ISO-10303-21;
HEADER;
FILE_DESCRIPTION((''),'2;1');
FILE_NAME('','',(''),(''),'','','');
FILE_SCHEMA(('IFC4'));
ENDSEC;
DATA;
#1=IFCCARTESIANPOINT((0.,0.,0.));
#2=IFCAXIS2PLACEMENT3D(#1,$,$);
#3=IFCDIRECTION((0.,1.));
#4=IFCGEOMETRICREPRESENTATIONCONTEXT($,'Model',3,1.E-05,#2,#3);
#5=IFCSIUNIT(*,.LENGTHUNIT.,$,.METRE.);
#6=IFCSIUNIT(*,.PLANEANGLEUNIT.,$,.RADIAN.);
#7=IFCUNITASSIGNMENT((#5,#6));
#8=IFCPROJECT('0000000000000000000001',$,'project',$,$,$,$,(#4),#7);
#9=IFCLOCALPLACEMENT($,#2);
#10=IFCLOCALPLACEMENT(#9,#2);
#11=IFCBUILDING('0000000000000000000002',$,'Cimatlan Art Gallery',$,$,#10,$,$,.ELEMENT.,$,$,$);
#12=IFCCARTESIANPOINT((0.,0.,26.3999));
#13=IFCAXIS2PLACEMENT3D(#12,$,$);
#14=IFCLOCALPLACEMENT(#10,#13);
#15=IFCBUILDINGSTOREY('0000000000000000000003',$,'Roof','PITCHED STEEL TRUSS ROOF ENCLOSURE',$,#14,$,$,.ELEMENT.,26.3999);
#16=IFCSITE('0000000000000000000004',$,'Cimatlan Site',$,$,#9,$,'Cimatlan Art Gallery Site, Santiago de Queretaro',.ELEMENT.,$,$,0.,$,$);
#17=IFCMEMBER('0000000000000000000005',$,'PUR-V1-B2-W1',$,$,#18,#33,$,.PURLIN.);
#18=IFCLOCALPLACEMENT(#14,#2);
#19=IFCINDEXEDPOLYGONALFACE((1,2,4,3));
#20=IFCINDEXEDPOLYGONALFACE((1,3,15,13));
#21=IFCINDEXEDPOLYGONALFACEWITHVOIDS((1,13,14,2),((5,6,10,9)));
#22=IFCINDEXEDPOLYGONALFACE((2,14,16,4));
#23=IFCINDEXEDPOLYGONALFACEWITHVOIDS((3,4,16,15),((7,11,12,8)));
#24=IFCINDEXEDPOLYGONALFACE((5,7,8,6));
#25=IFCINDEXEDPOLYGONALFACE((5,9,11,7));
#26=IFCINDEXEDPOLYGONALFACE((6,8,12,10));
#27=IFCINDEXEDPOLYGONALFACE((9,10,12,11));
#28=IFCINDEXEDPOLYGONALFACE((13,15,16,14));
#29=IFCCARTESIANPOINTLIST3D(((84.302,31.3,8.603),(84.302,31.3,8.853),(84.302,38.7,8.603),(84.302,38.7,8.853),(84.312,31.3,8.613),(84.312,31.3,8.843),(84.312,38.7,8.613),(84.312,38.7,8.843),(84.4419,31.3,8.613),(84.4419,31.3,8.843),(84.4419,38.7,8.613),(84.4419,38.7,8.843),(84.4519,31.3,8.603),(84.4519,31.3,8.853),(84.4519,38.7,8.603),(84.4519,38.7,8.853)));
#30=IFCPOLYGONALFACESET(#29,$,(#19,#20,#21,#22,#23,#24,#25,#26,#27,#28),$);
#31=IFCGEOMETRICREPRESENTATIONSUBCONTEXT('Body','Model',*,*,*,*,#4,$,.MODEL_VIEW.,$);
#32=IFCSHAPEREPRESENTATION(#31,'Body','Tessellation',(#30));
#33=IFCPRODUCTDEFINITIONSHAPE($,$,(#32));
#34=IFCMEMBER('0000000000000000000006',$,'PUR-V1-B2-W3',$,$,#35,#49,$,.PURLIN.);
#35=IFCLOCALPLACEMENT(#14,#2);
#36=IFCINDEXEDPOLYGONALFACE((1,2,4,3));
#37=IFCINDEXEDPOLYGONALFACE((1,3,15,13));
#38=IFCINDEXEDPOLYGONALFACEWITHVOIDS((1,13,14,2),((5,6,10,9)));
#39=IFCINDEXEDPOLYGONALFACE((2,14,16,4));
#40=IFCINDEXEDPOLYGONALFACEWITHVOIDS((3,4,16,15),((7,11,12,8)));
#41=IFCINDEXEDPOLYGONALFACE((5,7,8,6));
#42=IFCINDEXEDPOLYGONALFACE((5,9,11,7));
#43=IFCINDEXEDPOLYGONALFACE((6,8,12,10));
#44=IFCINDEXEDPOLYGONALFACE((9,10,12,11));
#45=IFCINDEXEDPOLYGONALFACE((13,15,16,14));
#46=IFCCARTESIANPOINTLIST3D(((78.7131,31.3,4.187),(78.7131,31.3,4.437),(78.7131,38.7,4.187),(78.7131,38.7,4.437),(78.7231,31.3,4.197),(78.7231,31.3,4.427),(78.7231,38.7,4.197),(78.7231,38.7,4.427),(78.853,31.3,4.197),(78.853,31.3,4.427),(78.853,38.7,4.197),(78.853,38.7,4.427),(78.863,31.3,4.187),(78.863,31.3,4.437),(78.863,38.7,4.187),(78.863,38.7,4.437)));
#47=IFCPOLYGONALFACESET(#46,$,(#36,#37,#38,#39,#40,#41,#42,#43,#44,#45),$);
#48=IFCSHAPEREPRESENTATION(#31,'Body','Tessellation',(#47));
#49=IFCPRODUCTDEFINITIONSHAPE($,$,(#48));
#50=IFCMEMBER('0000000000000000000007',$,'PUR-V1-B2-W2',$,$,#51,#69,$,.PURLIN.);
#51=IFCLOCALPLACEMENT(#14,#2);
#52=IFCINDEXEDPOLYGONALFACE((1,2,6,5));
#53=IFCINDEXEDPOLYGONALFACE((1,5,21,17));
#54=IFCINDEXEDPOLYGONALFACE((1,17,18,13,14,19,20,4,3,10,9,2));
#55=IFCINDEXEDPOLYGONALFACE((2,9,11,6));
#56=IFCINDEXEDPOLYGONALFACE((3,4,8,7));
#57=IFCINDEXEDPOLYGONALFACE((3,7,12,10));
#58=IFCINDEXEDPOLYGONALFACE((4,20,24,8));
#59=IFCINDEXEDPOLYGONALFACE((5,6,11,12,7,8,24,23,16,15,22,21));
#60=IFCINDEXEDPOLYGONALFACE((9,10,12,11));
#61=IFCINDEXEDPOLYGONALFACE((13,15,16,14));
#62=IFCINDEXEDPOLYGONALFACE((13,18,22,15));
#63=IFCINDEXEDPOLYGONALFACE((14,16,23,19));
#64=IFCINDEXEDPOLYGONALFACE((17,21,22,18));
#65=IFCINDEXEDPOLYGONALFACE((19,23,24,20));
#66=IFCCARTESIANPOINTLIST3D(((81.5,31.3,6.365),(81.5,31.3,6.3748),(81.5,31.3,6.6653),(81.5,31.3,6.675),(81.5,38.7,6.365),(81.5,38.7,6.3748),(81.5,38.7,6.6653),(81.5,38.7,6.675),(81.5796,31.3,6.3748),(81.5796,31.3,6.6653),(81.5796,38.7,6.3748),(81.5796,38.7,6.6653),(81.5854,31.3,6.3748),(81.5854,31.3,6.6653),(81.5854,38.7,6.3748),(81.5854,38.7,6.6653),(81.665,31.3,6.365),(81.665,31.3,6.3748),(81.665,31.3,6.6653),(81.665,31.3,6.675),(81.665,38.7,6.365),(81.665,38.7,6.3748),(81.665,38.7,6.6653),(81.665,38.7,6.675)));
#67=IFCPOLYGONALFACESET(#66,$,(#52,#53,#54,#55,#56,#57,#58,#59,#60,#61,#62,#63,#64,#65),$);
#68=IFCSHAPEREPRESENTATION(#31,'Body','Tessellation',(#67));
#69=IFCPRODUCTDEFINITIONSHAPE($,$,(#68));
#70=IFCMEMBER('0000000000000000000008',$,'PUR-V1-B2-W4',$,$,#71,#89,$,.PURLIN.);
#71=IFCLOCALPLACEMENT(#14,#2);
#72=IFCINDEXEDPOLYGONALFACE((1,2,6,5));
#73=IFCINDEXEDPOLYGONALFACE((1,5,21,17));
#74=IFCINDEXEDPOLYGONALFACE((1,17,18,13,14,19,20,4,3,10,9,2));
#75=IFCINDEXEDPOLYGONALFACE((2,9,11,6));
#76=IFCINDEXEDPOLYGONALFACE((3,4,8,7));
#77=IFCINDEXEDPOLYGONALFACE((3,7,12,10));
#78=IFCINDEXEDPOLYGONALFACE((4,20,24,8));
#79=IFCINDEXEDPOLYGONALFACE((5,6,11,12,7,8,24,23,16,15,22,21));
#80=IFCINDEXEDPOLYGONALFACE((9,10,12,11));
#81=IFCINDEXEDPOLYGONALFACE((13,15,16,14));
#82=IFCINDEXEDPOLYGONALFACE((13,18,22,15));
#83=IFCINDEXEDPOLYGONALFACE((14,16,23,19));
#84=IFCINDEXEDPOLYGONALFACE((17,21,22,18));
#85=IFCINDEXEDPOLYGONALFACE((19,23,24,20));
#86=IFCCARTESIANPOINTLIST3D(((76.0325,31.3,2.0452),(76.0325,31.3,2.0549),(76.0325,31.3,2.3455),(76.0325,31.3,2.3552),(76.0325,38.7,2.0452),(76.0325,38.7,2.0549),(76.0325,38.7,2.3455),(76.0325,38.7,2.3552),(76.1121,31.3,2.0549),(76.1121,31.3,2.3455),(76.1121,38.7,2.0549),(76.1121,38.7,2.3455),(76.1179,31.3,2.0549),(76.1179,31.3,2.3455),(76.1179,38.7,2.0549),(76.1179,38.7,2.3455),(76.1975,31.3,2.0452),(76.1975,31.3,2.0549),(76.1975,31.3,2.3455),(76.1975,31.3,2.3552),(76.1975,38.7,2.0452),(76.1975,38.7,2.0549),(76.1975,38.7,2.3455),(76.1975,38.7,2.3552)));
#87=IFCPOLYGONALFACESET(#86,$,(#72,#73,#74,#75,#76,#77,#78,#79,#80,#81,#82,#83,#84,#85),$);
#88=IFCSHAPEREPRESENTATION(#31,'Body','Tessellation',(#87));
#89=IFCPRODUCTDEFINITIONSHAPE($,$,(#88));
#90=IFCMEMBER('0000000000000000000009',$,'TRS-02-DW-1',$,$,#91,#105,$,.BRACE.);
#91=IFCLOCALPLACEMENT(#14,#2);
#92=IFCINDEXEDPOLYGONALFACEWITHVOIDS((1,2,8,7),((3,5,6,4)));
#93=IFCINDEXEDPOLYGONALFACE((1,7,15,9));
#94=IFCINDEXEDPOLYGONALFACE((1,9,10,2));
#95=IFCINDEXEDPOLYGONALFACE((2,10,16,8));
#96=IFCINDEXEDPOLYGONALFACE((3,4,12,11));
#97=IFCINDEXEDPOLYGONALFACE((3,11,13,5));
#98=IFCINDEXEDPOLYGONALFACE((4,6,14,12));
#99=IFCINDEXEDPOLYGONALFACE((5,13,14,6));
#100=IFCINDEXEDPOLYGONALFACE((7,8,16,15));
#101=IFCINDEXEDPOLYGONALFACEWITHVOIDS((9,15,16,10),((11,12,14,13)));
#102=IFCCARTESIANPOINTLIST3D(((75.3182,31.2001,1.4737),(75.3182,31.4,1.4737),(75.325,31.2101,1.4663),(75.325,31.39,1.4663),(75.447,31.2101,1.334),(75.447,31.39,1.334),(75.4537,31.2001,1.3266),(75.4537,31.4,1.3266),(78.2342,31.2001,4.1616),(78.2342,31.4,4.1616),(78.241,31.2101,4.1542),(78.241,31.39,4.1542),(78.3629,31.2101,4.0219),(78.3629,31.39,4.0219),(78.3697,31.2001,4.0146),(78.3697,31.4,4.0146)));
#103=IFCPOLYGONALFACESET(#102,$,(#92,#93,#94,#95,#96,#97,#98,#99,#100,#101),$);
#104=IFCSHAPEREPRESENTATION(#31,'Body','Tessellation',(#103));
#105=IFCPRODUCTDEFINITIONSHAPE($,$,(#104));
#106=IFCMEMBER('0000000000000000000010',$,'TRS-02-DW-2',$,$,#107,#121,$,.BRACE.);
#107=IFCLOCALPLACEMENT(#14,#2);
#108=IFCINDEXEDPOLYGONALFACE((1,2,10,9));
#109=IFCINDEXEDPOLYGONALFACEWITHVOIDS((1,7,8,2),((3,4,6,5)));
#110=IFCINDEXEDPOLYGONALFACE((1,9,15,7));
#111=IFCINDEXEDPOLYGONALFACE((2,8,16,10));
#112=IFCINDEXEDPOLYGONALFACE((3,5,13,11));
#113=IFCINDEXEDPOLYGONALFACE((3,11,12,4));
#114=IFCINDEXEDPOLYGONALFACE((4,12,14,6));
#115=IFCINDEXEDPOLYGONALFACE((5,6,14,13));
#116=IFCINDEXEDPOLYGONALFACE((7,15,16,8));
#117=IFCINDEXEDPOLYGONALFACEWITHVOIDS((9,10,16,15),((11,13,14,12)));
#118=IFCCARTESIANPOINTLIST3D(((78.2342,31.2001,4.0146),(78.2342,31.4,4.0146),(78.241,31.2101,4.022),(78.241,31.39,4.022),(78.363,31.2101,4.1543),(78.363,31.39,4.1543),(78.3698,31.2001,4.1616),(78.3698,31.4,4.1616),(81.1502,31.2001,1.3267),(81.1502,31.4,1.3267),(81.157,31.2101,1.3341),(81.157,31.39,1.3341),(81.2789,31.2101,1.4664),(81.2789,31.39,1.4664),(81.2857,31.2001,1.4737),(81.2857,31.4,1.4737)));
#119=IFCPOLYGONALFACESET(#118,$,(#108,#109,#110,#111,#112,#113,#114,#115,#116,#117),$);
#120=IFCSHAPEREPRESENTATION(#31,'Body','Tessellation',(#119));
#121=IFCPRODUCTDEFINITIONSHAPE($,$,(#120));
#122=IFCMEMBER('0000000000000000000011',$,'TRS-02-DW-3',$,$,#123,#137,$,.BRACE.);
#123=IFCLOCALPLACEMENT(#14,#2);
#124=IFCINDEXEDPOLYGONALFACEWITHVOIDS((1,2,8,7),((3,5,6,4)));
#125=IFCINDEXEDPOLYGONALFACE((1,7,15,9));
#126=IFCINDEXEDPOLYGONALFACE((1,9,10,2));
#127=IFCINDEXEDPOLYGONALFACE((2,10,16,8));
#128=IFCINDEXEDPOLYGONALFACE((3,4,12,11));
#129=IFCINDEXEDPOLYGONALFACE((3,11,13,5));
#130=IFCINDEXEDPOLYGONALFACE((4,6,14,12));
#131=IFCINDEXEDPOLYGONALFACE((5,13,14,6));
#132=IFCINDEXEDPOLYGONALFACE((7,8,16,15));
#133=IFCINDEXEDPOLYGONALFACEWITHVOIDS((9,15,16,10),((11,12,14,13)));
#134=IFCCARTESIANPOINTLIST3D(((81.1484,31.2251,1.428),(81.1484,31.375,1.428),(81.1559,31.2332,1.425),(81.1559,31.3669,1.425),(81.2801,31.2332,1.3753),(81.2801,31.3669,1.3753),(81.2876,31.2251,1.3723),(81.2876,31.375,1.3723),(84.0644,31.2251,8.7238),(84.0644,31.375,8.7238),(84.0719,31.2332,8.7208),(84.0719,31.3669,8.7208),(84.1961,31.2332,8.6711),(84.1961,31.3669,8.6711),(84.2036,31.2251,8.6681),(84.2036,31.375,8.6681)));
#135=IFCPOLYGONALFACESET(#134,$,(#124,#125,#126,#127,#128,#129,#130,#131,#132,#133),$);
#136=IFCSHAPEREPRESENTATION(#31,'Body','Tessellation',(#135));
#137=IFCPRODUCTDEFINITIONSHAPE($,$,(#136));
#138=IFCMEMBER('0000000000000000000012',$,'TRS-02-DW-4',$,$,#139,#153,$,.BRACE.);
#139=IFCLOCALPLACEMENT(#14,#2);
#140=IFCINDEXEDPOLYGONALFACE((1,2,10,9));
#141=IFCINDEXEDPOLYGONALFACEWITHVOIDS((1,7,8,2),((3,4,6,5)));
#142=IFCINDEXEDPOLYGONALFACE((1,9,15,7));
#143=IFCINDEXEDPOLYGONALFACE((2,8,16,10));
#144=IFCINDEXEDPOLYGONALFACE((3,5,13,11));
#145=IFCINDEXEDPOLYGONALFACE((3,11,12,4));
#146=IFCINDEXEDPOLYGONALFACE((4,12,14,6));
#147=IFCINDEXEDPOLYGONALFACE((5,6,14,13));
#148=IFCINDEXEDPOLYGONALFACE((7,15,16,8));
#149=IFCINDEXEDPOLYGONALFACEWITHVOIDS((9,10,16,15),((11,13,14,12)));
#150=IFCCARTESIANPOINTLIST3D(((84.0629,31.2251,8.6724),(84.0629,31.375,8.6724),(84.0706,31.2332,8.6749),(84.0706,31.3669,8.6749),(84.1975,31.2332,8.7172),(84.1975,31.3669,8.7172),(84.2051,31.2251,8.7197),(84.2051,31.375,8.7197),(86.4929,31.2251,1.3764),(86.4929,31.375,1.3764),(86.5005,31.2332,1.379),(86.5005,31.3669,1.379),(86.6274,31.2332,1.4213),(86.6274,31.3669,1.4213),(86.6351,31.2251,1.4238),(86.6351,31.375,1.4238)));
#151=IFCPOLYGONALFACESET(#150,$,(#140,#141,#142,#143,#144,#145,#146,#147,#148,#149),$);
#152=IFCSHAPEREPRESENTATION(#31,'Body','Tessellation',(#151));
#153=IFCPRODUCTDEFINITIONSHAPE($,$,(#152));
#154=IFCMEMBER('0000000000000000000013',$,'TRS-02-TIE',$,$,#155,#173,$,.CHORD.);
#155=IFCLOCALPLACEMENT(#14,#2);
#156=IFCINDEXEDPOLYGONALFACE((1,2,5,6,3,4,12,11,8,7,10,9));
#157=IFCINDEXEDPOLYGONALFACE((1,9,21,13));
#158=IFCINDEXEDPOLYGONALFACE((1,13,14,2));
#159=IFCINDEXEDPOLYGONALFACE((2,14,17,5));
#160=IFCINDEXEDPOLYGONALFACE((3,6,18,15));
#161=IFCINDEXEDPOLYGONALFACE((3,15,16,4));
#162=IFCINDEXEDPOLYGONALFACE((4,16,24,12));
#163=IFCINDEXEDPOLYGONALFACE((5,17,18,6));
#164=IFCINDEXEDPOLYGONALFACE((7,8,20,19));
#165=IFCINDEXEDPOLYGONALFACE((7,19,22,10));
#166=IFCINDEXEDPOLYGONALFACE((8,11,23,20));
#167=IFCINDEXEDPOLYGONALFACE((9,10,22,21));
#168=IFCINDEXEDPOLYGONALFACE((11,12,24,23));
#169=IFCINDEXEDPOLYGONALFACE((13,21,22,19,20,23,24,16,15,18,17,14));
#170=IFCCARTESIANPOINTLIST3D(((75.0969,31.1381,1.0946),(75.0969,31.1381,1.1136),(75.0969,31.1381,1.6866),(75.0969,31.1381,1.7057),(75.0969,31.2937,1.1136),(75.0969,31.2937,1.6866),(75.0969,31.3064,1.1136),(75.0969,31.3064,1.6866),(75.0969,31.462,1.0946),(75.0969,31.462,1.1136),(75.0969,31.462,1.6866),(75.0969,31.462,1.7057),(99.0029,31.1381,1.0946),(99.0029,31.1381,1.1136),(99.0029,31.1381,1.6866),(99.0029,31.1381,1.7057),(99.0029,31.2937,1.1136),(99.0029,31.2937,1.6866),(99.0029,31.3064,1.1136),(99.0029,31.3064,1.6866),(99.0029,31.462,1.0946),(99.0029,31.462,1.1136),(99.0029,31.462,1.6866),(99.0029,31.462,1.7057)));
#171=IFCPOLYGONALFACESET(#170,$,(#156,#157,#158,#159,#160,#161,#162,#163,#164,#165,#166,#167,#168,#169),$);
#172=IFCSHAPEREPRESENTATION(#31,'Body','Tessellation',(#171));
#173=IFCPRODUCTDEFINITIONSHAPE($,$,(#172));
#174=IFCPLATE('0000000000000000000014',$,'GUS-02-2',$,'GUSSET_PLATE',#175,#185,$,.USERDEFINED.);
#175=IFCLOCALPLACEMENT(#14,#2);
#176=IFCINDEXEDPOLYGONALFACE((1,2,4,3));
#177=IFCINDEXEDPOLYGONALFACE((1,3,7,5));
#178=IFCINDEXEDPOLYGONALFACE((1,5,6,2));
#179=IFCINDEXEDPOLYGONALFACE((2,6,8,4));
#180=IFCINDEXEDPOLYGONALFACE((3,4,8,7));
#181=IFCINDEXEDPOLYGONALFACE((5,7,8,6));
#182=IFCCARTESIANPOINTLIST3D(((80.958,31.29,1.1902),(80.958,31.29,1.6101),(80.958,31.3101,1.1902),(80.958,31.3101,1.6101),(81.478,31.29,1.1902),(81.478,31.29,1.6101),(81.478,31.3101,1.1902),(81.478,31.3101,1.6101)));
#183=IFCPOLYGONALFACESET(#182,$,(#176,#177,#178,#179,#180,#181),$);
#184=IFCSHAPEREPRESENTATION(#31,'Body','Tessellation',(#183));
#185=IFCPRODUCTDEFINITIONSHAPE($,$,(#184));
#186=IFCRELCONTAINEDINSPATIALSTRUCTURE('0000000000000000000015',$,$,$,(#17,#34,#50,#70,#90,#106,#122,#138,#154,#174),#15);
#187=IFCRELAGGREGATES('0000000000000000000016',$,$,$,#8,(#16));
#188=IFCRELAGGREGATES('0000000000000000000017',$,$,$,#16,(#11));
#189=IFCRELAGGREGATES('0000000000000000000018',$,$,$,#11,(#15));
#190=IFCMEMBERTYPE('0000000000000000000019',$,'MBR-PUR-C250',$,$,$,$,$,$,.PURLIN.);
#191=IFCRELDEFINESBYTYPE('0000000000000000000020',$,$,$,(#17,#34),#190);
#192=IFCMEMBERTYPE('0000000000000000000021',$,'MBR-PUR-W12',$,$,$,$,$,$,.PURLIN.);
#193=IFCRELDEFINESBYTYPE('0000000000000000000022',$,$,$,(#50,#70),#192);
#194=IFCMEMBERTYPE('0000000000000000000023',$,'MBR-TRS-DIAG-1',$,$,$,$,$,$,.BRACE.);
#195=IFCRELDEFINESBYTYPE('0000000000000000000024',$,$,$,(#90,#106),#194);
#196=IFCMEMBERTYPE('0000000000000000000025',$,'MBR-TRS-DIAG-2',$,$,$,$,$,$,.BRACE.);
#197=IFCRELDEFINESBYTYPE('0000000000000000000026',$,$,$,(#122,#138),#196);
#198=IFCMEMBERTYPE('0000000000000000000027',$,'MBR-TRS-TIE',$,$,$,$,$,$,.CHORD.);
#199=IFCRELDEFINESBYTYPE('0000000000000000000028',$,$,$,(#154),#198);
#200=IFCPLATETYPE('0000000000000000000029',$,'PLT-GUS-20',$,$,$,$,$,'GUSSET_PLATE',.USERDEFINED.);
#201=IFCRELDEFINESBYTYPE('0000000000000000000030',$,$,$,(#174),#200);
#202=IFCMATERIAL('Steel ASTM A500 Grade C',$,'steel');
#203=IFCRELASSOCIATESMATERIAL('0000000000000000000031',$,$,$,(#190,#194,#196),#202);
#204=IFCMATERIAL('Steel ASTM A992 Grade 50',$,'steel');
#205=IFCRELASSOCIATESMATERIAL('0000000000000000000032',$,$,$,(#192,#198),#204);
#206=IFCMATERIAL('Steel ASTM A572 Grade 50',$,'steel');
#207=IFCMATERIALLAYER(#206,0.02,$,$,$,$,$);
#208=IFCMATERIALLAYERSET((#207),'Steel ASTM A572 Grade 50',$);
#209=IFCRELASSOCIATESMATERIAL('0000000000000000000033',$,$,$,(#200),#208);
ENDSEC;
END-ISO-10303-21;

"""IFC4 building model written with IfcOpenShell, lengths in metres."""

from ifc_helpers import new_model, si_unit, direction, frame, origin, origin_2d, place, context, subcontext, project, spatial, rectangle, hollow_rectangle, i_section, extrude, material, layer, layer_set, material_profile, profile_set, type_object, element, save


model = new_model("IFC4")

# Units and contexts
model_context = context("Model", 3, precision=1e-05, world=origin(), true_north=direction((0.0, 1.0)))
body_context = subcontext(model_context, "Body", "Model", "MODEL_VIEW")
ifc_project = project(units=[si_unit("LENGTHUNIT", "METRE"), si_unit("PLANEANGLEUNIT", "RADIAN")], contexts=[model_context])

# Site, building, storey
site_placement = place(None, origin())
site = spatial("IfcSite", under=ifc_project, at=site_placement, Name="Cimatlan Site", LongName="Cimatlan Art Gallery Site, Santiago de Queretaro", CompositionType="ELEMENT", RefElevation=0.0)
building_placement = place(site_placement, origin())
building = spatial("IfcBuilding", under=site, at=building_placement, Name="Cimatlan Art Gallery", CompositionType="ELEMENT")
storey_placement = place(building_placement, frame((0.0, 0.0, 26.3999)))
storey = spatial("IfcBuildingStorey", under=building, at=storey_placement, Name="Roof", Description="PITCHED STEEL TRUSS ROOF ENCLOSURE", CompositionType="ELEMENT", Elevation=26.3999)

# Shared definitions
ifc_material_1 = material(Name="Steel ASTM A992 Grade 50", Category="steel")

# Members
ifc_material_2 = material(Name="Steel ASTM A500 Grade C", Category="steel")
ifc_material_profile_1 = material_profile(ifc_material_2, hollow_rectangle(XDim=0.1499, YDim=0.25, WallThickness=0.01, at=origin_2d()), Name="HSS250X150X10")
ifc_profile_set_1 = profile_set([ifc_material_profile_1], Name="Steel ASTM A500 Grade C")
member_type_1 = type_object("IfcMemberType", Name="MBR-PUR-C250", PredefinedType="PURLIN", material=ifc_profile_set_1)
for number, where, z_axis, x_axis, name in (
    (1, (84.377, 31.3, 8.728), (0.0, 1.0, 0.0), (-1.0, 0.0, 0.0), "PUR-V1-B2-W1"),
    (2, (78.7881, 31.3, 4.312), (0.0, 1.0, 0.0), (-1.0, 0.0, 0.0), "PUR-V1-B2-W3"),
):
    element("IfcMember", number, at=place(storey_placement, frame(where, z_axis=z_axis, x_axis=x_axis)), inside=storey, type_object=member_type_1, Name=name, PredefinedType="PURLIN", context=body_context, shape_type="SweptSolid", body=[
        extrude(hollow_rectangle(XDim=0.1499, YDim=0.25, WallThickness=0.01, at=origin_2d()), origin(), (0.0, 0.0, 1.0), 7.3999),
    ])
ifc_material_profile_2 = material_profile(ifc_material_1, i_section(OverallWidth=0.165, OverallDepth=0.3101, WebThickness=0.0059, FlangeThickness=0.0098, at=origin_2d()), Name="W12X26")
ifc_profile_set_2 = profile_set([ifc_material_profile_2], Name="Steel ASTM A992 Grade 50")
member_type_2 = type_object("IfcMemberType", Name="MBR-PUR-W12", PredefinedType="PURLIN", material=ifc_profile_set_2)
for number, where, z_axis, x_axis, name in (
    (3, (81.5825, 31.3, 6.52), (0.0, 1.0, 0.0), (-1.0, 0.0, 0.0), "PUR-V1-B2-W2"),
    (4, (76.115, 31.3, 2.2002), (0.0, 1.0, 0.0), (-1.0, 0.0, 0.0), "PUR-V1-B2-W4"),
):
    element("IfcMember", number, at=place(storey_placement, frame(where, z_axis=z_axis, x_axis=x_axis)), inside=storey, type_object=member_type_2, Name=name, PredefinedType="PURLIN", context=body_context, shape_type="SweptSolid", body=[
        extrude(i_section(OverallWidth=0.165, OverallDepth=0.3101, WebThickness=0.0059, FlangeThickness=0.0098, at=origin_2d()), origin(), (0.0, 0.0, 1.0), 7.3999),
    ])
ifc_material_profile_3 = material_profile(ifc_material_2, hollow_rectangle(XDim=0.2, YDim=0.2, WallThickness=0.01, at=origin_2d()), Name="HSS200X200X10")
ifc_profile_set_3 = profile_set([ifc_material_profile_3], Name="Steel ASTM A500 Grade C")
member_type_3 = type_object("IfcMemberType", Name="MBR-TRS-DIAG-1", PredefinedType="BRACE", material=ifc_profile_set_3)
for number, where, z_axis, x_axis, name in (
    (5, (75.386, 31.3, 1.4001), (0.735271, 0.0, 0.677774), (0.0, 1.0, 0.0), "TRS-02-DW-1"),
    (6, (78.302, 31.3, 4.0881), (0.735271, 0.0, -0.677774), (0.0, 1.0, 0.0), "TRS-02-DW-2"),
):
    element("IfcMember", number, at=place(storey_placement, frame(where, z_axis=z_axis, x_axis=x_axis)), inside=storey, type_object=member_type_3, Name=name, PredefinedType="BRACE", context=body_context, shape_type="SweptSolid", body=[
        extrude(hollow_rectangle(XDim=0.2, YDim=0.2, WallThickness=0.01, at=origin_2d()), origin(), (0.0, 0.0, 1.0), 3.9658),
    ])
ifc_material_profile_4 = material_profile(ifc_material_2, hollow_rectangle(XDim=0.1499, YDim=0.1499, WallThickness=0.0081, at=origin_2d()), Name="HSS150X150X8")
ifc_profile_set_4 = profile_set([ifc_material_profile_4], Name="Steel ASTM A500 Grade C")
member_type_4 = type_object("IfcMemberType", Name="MBR-TRS-DIAG-2", PredefinedType="BRACE", material=ifc_profile_set_4)
member_1_placement = place(storey_placement, frame((81.218, 31.3, 1.4001), z_axis=(0.371134, 0.0, 0.92858), x_axis=(0.0, 1.0, 0.0)))
element("IfcMember", 7, at=member_1_placement, inside=storey, type_object=member_type_4, Name="TRS-02-DW-3", PredefinedType="BRACE", context=body_context, shape_type="SweptSolid", body=[
    extrude(hollow_rectangle(XDim=0.1499, YDim=0.1499, WallThickness=0.0081, at=origin_2d()), origin(), (0.0, 0.0, 1.0), 7.8569),
])
member_2_placement = place(storey_placement, frame((84.134, 31.3, 8.696), z_axis=(0.31599, 0.0, -0.948763), x_axis=(0.0, 1.0, 0.0)))
element("IfcMember", 8, at=member_2_placement, inside=storey, type_object=member_type_4, Name="TRS-02-DW-4", PredefinedType="BRACE", context=body_context, shape_type="SweptSolid", body=[
    extrude(hollow_rectangle(XDim=0.1499, YDim=0.1499, WallThickness=0.0081, at=origin_2d()), origin(), (0.0, 0.0, 1.0), 7.6899),
])
ifc_material_profile_5 = material_profile(ifc_material_1, i_section(OverallWidth=0.324, OverallDepth=0.6111, WebThickness=0.0127, FlangeThickness=0.019, at=origin_2d()), Name="W24X104")
ifc_profile_set_5 = profile_set([ifc_material_profile_5], Name="Steel ASTM A992 Grade 50")
member_type_5 = type_object("IfcMemberType", Name="MBR-TRS-TIE", PredefinedType="CHORD", material=ifc_profile_set_5)
member_3_placement = place(storey_placement, frame((75.0969, 31.3, 1.4001), z_axis=(1.0, 0.0, 0.0), x_axis=(0.0, 1.0, 0.0)))
element("IfcMember", 9, at=member_3_placement, inside=storey, type_object=member_type_5, Name="TRS-02-TIE", PredefinedType="CHORD", context=body_context, shape_type="SweptSolid", body=[
    extrude(i_section(OverallWidth=0.324, OverallDepth=0.6111, WebThickness=0.0127, FlangeThickness=0.019, at=origin_2d()), origin(), (0.0, 0.0, 1.0), 23.906),
])

# Plate
ifc_material_3 = material(Name="Steel ASTM A572 Grade 50", Category="steel")
ifc_layer_1 = layer(ifc_material_3, 0.02)
ifc_layer_set_1 = layer_set([ifc_layer_1], Name="Steel ASTM A572 Grade 50")
plate_type_1 = type_object("IfcPlateType", Name="PLT-GUS-20", ElementType="GUSSET_PLATE", PredefinedType="USERDEFINED", material=ifc_layer_set_1)
plate_1_placement = place(storey_placement, frame((81.218, 31.3, 1.1902), z_axis=(0.0, 0.0, 1.0), x_axis=(1.0, 0.0, 0.0)))
element("IfcPlate", 10, at=plate_1_placement, inside=storey, type_object=plate_type_1, Name="GUS-02-2", ObjectType="GUSSET_PLATE", PredefinedType="USERDEFINED", context=body_context, shape_type="SweptSolid", body=[
    extrude(rectangle(XDim=0.52, YDim=0.02, at=origin_2d()), origin(), (0.0, 0.0, 1.0), 0.4199),
])

save(model, "model.ifc")
